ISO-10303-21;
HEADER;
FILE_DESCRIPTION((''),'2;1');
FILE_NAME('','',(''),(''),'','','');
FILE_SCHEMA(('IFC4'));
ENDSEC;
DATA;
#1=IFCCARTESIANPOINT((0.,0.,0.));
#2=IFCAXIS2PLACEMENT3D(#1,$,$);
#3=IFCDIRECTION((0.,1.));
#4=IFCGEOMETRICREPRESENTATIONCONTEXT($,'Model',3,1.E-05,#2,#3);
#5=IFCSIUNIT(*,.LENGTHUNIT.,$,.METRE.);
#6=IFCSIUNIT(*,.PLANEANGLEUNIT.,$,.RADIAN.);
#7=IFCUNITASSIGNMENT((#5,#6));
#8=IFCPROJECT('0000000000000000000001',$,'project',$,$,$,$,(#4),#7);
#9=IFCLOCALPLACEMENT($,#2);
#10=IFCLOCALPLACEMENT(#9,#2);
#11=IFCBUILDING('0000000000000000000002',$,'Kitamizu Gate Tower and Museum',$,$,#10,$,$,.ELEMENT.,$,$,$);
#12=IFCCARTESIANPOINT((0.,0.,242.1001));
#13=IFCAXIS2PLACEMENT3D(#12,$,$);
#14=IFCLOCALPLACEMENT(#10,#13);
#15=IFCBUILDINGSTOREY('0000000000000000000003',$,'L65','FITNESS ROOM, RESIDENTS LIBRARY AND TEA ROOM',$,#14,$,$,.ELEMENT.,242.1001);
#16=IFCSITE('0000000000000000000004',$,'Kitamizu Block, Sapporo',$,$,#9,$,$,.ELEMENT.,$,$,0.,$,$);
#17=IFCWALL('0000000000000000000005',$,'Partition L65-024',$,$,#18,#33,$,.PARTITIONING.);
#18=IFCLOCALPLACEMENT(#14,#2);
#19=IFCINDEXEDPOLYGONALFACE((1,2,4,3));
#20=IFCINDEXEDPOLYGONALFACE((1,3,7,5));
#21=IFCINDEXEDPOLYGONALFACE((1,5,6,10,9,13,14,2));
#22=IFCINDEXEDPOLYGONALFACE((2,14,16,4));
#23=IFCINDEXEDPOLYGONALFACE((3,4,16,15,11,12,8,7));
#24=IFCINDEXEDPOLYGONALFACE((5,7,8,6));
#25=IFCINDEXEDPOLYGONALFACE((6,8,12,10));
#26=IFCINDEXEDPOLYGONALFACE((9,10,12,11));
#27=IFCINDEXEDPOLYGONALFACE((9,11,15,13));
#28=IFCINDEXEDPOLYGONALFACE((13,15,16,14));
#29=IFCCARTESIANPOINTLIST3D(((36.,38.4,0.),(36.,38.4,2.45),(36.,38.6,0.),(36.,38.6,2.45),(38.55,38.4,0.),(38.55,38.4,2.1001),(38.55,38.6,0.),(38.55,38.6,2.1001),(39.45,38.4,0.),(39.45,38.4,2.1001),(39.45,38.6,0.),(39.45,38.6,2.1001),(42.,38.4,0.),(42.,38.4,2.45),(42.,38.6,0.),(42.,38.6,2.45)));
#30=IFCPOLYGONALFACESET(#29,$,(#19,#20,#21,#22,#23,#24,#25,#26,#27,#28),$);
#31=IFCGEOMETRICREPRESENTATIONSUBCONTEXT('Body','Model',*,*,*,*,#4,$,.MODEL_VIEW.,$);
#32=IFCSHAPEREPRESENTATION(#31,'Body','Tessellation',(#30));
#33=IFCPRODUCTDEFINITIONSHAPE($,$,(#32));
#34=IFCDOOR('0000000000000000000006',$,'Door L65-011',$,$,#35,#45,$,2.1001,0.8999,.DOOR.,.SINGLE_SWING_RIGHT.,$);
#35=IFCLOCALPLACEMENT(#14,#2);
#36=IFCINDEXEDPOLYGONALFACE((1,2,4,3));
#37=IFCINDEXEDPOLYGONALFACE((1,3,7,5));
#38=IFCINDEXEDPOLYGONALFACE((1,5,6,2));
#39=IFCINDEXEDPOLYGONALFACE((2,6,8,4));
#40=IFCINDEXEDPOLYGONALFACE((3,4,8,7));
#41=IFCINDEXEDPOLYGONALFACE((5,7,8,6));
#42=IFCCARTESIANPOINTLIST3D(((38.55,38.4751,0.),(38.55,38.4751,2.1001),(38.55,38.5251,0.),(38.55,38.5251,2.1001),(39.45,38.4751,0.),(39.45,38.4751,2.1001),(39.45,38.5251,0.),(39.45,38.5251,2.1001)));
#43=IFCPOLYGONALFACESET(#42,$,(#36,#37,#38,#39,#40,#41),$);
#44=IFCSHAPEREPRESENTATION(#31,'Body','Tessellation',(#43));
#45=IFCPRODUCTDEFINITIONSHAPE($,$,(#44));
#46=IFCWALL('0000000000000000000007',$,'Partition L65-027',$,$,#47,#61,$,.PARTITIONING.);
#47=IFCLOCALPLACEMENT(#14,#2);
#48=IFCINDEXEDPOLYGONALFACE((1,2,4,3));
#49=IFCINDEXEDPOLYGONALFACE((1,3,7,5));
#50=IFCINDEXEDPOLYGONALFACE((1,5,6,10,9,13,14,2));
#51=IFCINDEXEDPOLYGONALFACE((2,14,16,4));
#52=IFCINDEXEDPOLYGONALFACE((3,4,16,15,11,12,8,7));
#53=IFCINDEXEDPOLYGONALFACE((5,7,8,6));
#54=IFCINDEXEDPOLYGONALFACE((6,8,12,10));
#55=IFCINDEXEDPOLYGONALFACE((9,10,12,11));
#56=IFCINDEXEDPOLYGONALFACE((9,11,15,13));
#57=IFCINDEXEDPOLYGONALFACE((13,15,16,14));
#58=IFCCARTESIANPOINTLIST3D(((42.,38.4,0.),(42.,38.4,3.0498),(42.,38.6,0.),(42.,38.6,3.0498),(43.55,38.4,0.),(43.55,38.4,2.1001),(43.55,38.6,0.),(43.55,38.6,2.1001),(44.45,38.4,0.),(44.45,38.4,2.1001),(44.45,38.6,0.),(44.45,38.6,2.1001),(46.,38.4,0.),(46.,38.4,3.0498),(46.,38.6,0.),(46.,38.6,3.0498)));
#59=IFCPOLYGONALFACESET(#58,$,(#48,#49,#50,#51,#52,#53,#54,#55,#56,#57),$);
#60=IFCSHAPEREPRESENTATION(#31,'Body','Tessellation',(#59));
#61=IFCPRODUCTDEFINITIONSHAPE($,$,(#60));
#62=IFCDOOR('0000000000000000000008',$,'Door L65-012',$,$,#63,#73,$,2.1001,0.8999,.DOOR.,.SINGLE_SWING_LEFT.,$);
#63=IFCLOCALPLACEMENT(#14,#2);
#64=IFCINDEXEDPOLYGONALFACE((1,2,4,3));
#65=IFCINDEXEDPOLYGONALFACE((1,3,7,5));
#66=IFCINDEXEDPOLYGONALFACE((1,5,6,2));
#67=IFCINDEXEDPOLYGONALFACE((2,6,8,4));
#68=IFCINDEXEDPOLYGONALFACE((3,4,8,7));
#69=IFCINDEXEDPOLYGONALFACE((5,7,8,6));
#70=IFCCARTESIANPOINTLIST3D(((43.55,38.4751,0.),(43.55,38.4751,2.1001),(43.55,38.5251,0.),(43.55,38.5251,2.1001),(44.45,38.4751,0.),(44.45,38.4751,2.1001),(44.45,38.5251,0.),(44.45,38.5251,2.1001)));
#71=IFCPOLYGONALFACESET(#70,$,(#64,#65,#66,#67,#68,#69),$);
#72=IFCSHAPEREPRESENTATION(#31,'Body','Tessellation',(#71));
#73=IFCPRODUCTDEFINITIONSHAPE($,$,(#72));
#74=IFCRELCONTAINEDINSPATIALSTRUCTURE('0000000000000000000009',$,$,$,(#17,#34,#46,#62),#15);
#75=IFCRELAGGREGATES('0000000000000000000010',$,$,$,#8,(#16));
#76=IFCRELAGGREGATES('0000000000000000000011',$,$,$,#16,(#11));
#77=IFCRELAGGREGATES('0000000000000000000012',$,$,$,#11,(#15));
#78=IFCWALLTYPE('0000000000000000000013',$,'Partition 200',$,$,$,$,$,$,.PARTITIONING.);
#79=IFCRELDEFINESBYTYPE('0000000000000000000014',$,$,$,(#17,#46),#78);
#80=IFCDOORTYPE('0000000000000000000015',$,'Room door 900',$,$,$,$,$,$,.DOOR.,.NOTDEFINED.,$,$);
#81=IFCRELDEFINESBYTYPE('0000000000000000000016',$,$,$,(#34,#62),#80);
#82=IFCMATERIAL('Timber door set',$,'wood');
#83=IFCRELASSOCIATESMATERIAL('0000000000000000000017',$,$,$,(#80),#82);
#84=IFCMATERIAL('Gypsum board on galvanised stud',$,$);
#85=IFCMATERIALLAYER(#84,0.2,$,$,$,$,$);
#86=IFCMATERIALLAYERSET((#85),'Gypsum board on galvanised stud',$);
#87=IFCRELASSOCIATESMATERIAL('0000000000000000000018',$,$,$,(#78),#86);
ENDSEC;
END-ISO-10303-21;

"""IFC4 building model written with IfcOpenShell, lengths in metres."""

from ifc_helpers import new_model, si_unit, direction, frame, frame_2d, origin, place, context, subcontext, project, spatial, rectangle, extrude, material, layer, layer_set, type_object, element, fill, save


model = new_model("IFC4")

# Units and contexts
model_context = context("Model", 3, precision=1e-05, world=origin(), true_north=direction((0.0, 1.0)))
body_context = subcontext(model_context, "Body", "Model", "MODEL_VIEW")
ifc_project = project(units=[si_unit("LENGTHUNIT", "METRE"), si_unit("PLANEANGLEUNIT", "RADIAN")], contexts=[model_context])

# Site, building, storey
site_placement = place(None, origin())
site = spatial("IfcSite", under=ifc_project, at=site_placement, Name="Kitamizu Block, Sapporo", CompositionType="ELEMENT", RefElevation=0.0)
building_placement = place(site_placement, origin())
building = spatial("IfcBuilding", under=site, at=building_placement, Name="Kitamizu Gate Tower and Museum", CompositionType="ELEMENT")
storey_placement = place(building_placement, frame((0.0, 0.0, 242.1001)))
storey = spatial("IfcBuildingStorey", under=building, at=storey_placement, Name="L65", Description="FITNESS ROOM, RESIDENTS LIBRARY AND TEA ROOM", CompositionType="ELEMENT", Elevation=242.1001)

# Shared definitions
ifc_material_1 = material(Name="Timber door set", Category="wood")
door_type_1 = type_object("IfcDoorType", Name="Room door 900", OperationType="NOTDEFINED", PredefinedType="DOOR", material=ifc_material_1)

# Shared definitions
ifc_material_2 = material(Name="Gypsum board on galvanised stud")
ifc_layer_1 = layer(ifc_material_2, 0.2)
ifc_layer_set_1 = layer_set([ifc_layer_1], Name="Gypsum board on galvanised stud")
wall_type_1 = type_object("IfcWallType", Name="Partition 200", PredefinedType="PARTITIONING", material=ifc_layer_set_1)

# Walls, openings, doors
wall_1_placement = place(storey_placement, frame((42.0, 38.5, 0.0), z_axis=(0.0, 0.0, 1.0), x_axis=(-1.0, 0.0, 0.0)))
wall_1 = element("IfcWall", 1, at=wall_1_placement, inside=storey, type_object=wall_type_1, Name="Partition L65-024", PredefinedType="PARTITIONING", context=body_context, shape_type="SweptSolid", body=[
    extrude(rectangle(XDim=6.0, YDim=0.2, at=frame_2d((3.0, 0.0))), origin(), (0.0, 0.0, 1.0), 2.45),
])
opening_1_placement = place(wall_1_placement, frame((2.55, 0.0, 0.0)))
opening_1 = element("IfcOpeningElement", 2, at=opening_1_placement, cuts=wall_1, PredefinedType="OPENING", context=body_context, shape_type="SweptSolid", body=[
    extrude(rectangle(XDim=0.8999, YDim=2.1001, at=frame_2d((0.45, 1.05))), frame((0.0, 0.1099, 0.0), z_axis=(0.0, -1.0, 0.0), x_axis=(1.0, 0.0, 0.0)), (0.0, 0.0, 1.0), 0.22),
])
door_1_placement = place(opening_1_placement, origin())
door_1 = element("IfcDoor", 3, at=door_1_placement, inside=storey, type_object=door_type_1, Name="Door L65-011", OperationType="SINGLE_SWING_RIGHT", OverallHeight=2.1001, OverallWidth=0.8999, PredefinedType="DOOR", context=body_context, shape_type="SweptSolid", body=[
    extrude(rectangle(XDim=0.8999, YDim=2.1001, at=frame_2d((0.45, 1.05))), frame((0.0, 0.0249, 0.0), z_axis=(0.0, -1.0, 0.0), x_axis=(1.0, 0.0, 0.0)), (0.0, 0.0, 1.0), 0.05),
])
fill(opening_1, door_1)
wall_2_placement = place(storey_placement, frame((46.0, 38.5, 0.0), z_axis=(0.0, 0.0, 1.0), x_axis=(-1.0, 0.0, 0.0)))
wall_2 = element("IfcWall", 4, at=wall_2_placement, inside=storey, type_object=wall_type_1, Name="Partition L65-027", PredefinedType="PARTITIONING", context=body_context, shape_type="SweptSolid", body=[
    extrude(rectangle(XDim=4.0, YDim=0.2, at=frame_2d((2.0, 0.0))), origin(), (0.0, 0.0, 1.0), 3.0498),
])
opening_2_placement = place(wall_2_placement, frame((1.55, 0.0, 0.0)))
opening_2 = element("IfcOpeningElement", 5, at=opening_2_placement, cuts=wall_2, PredefinedType="OPENING", context=body_context, shape_type="SweptSolid", body=[
    extrude(rectangle(XDim=0.8999, YDim=2.1001, at=frame_2d((0.45, 1.05))), frame((0.0, 0.1099, 0.0), z_axis=(0.0, -1.0, 0.0), x_axis=(1.0, 0.0, 0.0)), (0.0, 0.0, 1.0), 0.22),
])
door_2_placement = place(opening_2_placement, origin())
door_2 = element("IfcDoor", 6, at=door_2_placement, inside=storey, type_object=door_type_1, Name="Door L65-012", OperationType="SINGLE_SWING_LEFT", OverallHeight=2.1001, OverallWidth=0.8999, PredefinedType="DOOR", context=body_context, shape_type="SweptSolid", body=[
    extrude(rectangle(XDim=0.8999, YDim=2.1001, at=frame_2d((0.45, 1.05))), frame((0.0, 0.0249, 0.0), z_axis=(0.0, -1.0, 0.0), x_axis=(1.0, 0.0, 0.0)), (0.0, 0.0, 1.0), 0.05),
])
fill(opening_2, door_2)

save(model, "model.ifc")
